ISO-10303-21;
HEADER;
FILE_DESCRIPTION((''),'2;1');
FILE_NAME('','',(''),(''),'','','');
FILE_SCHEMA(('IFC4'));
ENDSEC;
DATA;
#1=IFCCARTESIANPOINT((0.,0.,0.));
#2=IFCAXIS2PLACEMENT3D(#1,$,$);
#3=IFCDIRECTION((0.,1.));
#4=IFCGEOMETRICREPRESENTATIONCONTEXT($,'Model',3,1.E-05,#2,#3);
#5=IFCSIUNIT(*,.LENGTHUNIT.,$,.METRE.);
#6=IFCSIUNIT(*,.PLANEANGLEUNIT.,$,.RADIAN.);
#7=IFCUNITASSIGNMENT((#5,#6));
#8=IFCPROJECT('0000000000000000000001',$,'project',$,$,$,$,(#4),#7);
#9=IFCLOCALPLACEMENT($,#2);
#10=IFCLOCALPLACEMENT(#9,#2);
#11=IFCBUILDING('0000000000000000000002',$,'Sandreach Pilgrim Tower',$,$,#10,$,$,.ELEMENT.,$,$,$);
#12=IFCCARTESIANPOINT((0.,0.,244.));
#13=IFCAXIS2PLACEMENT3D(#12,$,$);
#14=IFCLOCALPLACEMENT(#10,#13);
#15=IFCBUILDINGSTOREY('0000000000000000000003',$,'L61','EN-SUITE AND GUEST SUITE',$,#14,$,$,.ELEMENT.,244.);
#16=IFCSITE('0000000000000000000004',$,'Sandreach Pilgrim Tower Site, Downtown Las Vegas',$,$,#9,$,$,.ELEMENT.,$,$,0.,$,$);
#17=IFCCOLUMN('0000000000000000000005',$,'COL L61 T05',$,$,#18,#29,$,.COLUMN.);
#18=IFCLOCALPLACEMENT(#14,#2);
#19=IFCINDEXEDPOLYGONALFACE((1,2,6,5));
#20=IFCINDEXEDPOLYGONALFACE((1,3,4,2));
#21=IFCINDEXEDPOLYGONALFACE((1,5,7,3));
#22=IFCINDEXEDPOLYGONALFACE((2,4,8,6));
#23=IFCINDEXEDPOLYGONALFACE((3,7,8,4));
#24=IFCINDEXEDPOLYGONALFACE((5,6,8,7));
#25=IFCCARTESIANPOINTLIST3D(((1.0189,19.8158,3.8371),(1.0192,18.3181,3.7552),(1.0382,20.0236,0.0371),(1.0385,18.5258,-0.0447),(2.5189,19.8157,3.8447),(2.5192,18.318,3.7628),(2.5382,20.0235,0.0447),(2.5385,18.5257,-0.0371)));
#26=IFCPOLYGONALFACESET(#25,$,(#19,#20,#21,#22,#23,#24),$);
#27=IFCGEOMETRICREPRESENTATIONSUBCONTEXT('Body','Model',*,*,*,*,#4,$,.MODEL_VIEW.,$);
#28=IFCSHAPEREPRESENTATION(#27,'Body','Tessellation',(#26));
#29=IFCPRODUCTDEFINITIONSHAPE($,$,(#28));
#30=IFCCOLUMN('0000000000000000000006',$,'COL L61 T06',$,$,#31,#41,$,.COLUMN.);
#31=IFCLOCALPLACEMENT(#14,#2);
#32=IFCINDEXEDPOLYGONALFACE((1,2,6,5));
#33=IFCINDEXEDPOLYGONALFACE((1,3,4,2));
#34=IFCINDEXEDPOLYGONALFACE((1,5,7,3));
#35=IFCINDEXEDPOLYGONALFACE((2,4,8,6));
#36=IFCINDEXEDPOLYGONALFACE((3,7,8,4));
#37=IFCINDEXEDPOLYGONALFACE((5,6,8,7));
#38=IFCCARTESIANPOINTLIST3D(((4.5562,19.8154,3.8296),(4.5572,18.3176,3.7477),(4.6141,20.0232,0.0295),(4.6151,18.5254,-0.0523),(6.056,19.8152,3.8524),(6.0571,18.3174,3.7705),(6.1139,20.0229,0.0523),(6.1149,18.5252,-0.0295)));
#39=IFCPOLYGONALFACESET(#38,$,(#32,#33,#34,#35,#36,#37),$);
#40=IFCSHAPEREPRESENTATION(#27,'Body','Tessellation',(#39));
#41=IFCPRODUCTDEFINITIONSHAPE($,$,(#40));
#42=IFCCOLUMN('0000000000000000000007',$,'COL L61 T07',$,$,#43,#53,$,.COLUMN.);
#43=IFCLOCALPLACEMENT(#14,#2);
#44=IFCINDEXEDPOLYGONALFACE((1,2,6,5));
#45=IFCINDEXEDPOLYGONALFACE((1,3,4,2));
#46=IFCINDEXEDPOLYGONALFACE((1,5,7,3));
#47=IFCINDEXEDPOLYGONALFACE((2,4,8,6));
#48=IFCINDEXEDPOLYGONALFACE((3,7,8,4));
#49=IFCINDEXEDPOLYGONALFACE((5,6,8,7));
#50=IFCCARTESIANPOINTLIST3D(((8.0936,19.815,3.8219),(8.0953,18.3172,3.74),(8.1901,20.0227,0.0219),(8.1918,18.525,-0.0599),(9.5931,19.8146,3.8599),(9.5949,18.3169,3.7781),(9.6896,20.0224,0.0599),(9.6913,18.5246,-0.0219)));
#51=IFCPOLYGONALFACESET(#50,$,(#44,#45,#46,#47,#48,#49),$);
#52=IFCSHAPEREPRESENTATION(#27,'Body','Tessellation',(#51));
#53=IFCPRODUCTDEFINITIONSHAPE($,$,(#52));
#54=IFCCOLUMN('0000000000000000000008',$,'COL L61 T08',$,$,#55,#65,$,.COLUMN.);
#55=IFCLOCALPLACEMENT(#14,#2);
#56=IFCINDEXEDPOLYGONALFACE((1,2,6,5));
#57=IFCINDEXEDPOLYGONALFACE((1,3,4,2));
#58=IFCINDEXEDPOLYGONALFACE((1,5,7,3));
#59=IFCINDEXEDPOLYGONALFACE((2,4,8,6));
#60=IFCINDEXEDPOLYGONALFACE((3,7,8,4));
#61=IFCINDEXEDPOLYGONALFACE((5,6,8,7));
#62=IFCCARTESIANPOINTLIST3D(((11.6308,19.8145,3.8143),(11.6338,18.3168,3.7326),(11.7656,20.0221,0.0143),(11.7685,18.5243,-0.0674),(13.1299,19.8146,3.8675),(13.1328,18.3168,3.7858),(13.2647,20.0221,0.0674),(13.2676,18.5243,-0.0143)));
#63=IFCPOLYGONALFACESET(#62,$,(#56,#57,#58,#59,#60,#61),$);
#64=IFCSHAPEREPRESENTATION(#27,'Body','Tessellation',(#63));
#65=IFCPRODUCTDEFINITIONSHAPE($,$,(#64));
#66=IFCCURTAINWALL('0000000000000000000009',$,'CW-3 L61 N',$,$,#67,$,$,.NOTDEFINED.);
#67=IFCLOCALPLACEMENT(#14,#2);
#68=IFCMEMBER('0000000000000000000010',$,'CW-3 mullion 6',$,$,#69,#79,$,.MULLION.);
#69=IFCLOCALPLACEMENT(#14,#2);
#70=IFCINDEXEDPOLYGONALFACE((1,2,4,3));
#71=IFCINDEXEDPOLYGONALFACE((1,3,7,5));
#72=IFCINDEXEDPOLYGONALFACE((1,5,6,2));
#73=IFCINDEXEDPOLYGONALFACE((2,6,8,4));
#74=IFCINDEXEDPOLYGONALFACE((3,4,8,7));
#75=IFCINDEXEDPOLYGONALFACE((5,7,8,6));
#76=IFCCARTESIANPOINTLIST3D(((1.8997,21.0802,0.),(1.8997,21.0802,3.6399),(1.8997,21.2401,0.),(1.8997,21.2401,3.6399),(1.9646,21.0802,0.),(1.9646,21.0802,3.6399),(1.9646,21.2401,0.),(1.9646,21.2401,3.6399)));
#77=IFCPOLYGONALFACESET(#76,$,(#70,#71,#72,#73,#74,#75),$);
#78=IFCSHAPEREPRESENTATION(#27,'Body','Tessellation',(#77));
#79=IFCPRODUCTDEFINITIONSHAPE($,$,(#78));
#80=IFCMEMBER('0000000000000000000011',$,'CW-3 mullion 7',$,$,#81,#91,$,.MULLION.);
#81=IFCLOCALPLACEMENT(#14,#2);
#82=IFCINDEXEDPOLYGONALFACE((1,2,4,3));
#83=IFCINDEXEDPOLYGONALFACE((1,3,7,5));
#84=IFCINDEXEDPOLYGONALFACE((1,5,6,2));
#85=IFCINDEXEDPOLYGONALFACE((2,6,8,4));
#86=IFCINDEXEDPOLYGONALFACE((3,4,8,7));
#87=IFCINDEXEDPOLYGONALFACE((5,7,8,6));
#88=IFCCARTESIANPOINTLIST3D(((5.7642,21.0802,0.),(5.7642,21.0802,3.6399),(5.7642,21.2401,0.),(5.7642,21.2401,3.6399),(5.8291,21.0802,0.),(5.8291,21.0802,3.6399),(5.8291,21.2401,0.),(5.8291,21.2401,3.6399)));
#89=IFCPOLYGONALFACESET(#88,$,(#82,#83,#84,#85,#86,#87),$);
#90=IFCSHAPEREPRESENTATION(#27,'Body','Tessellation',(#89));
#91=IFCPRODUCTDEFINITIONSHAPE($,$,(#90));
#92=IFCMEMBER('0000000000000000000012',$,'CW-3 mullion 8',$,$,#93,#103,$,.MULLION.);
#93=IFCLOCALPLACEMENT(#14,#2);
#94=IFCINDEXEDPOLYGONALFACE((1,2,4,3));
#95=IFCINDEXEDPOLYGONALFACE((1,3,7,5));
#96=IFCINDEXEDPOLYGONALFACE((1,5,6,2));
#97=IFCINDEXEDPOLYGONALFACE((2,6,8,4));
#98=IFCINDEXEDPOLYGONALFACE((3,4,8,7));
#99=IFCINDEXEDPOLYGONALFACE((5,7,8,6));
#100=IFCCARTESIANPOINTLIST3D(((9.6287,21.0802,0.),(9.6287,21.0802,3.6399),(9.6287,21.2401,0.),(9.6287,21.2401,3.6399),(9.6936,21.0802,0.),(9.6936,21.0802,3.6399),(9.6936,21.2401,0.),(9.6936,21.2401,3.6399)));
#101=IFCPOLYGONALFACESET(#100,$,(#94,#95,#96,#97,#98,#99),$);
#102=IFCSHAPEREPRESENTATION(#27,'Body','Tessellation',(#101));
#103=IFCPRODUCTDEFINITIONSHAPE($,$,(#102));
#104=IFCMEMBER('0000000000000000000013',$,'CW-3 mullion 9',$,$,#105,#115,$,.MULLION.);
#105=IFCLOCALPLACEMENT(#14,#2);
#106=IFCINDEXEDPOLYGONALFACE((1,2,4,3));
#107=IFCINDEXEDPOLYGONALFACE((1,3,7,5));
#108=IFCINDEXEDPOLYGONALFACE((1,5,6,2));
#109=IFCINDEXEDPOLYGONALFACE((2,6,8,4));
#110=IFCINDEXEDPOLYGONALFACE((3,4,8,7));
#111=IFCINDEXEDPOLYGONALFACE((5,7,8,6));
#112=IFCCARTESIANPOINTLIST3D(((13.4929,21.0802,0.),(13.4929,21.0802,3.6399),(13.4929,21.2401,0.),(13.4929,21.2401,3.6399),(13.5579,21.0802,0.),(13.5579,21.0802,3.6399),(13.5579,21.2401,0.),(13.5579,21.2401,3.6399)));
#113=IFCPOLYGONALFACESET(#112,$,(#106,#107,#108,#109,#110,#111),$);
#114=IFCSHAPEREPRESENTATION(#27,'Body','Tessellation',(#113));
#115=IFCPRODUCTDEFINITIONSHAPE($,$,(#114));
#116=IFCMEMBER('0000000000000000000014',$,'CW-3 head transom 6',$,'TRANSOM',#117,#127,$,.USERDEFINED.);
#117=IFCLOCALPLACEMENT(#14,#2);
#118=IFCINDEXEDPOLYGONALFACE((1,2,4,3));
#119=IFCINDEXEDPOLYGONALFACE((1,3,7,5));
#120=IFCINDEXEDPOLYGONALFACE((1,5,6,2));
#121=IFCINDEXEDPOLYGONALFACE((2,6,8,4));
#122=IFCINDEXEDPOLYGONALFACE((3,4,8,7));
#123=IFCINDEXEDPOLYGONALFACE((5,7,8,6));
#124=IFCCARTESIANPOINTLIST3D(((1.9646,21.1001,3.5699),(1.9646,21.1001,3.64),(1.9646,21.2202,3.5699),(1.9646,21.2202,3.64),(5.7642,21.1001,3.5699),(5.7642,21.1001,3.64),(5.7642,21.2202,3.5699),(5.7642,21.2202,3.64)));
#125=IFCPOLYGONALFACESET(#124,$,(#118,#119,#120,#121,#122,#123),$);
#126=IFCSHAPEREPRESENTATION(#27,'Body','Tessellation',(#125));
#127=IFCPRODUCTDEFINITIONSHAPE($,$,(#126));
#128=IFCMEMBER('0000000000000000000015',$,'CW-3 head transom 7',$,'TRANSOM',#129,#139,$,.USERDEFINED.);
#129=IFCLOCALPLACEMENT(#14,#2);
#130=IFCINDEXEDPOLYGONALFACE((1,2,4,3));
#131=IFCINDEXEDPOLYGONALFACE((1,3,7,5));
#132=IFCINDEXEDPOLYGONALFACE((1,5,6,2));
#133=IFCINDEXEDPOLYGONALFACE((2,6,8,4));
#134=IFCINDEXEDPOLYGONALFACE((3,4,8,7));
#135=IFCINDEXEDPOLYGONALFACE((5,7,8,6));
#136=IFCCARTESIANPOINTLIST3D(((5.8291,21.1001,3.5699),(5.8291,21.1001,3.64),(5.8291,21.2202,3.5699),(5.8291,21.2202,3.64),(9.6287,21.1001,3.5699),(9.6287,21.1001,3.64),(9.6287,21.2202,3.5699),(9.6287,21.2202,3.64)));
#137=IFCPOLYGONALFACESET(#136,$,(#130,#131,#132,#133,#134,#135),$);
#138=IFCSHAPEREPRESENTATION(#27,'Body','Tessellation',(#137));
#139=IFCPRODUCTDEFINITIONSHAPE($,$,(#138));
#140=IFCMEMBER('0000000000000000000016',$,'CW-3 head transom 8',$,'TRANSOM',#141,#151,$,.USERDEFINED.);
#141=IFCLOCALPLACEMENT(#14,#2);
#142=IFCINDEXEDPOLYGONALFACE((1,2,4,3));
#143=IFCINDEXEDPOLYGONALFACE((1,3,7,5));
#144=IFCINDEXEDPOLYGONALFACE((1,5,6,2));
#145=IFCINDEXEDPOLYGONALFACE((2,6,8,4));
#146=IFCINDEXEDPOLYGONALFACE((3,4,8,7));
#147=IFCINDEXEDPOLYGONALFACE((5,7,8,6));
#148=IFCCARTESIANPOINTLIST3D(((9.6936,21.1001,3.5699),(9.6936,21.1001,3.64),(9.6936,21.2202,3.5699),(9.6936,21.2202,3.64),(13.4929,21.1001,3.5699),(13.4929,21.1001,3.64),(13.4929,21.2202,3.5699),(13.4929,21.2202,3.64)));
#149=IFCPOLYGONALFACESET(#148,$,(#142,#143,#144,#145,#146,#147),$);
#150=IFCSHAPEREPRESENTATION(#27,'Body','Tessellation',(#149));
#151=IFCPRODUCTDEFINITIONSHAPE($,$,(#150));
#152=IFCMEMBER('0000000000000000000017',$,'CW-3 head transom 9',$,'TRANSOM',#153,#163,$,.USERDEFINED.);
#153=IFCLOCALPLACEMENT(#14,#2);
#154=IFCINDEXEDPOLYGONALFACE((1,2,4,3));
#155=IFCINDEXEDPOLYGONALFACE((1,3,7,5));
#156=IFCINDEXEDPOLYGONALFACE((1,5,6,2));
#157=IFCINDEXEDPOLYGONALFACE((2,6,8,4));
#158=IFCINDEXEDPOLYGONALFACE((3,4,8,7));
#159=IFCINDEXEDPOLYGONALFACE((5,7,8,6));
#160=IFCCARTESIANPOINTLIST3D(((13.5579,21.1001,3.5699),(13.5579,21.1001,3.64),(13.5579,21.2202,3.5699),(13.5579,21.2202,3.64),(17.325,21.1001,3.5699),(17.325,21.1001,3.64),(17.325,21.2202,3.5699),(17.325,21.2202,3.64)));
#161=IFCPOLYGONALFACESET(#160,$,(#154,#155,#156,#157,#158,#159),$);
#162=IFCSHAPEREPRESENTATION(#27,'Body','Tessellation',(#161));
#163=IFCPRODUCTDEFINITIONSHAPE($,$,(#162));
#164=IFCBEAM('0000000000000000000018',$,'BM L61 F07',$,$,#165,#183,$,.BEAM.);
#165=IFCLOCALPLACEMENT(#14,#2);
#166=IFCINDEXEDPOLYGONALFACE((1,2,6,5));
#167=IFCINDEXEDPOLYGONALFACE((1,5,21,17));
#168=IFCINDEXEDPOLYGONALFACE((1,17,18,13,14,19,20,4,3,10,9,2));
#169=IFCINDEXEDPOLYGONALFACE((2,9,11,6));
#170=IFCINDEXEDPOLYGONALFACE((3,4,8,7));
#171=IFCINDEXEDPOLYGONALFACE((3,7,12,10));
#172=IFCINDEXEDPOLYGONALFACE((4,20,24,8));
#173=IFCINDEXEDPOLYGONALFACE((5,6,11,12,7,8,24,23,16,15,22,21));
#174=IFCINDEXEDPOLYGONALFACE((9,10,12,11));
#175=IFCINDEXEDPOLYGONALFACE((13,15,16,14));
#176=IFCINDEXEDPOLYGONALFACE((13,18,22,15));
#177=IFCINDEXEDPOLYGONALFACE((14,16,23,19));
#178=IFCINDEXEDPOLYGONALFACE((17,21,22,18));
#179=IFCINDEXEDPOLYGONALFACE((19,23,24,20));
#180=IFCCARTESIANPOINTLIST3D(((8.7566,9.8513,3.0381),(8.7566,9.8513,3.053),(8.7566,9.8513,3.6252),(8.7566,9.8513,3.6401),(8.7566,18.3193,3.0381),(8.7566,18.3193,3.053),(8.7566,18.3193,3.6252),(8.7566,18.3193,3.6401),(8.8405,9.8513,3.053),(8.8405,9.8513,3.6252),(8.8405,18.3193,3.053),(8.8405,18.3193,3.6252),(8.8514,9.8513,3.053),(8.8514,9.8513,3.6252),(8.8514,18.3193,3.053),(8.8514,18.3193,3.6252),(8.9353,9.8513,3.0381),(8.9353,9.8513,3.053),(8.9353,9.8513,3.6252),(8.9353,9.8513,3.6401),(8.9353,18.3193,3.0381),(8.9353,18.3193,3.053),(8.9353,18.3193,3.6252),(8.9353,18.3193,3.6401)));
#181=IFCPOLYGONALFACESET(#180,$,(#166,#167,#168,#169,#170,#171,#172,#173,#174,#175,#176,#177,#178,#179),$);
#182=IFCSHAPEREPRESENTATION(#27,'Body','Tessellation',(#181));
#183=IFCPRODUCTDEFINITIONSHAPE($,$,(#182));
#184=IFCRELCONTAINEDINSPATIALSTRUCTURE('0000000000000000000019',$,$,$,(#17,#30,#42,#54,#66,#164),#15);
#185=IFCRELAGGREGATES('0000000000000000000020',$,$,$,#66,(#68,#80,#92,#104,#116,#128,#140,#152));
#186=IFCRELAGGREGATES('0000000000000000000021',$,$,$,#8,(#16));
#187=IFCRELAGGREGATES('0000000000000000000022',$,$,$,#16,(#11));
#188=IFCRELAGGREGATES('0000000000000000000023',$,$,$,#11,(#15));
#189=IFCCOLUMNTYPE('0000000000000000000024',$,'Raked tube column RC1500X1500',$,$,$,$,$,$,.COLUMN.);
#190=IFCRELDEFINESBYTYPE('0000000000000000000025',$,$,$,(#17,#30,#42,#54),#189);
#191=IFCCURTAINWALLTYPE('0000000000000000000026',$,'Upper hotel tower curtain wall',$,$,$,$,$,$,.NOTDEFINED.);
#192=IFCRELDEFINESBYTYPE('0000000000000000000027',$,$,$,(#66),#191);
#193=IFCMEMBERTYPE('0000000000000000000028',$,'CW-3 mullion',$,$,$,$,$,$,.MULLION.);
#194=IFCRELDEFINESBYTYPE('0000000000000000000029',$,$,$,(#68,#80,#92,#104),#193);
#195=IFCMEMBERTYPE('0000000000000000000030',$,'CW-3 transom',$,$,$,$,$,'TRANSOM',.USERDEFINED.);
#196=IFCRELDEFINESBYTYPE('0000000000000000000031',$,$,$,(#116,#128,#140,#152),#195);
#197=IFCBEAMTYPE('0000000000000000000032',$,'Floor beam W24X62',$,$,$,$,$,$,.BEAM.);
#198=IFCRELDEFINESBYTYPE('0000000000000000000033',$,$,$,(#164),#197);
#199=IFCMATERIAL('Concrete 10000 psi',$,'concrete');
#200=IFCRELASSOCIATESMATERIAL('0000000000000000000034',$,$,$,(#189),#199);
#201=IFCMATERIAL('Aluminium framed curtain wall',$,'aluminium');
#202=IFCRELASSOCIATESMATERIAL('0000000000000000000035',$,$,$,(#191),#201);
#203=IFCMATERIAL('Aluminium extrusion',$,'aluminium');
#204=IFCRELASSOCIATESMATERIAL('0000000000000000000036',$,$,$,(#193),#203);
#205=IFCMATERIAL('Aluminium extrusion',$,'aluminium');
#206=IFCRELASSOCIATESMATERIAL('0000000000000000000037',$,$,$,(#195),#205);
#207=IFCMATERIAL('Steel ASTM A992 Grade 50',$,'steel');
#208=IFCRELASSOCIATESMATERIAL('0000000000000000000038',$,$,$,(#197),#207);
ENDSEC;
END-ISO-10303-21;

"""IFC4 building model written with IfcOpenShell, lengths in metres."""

from ifc_helpers import new_model, si_unit, direction, frame, origin, origin_2d, place, context, subcontext, project, spatial, rectangle, i_section, extrude, material, material_profile, profile_set, type_object, element, aggregate, save


model = new_model("IFC4")

# Units and contexts
model_context = context("Model", 3, precision=1e-05, world=origin(), true_north=direction((0.0, 1.0)))
body_context = subcontext(model_context, "Body", "Model", "MODEL_VIEW")
ifc_project = project(units=[si_unit("LENGTHUNIT", "METRE"), si_unit("PLANEANGLEUNIT", "RADIAN")], contexts=[model_context])

# Site, building, storey
site_placement = place(None, origin())
site = spatial("IfcSite", under=ifc_project, at=site_placement, Name="Sandreach Pilgrim Tower Site, Downtown Las Vegas", CompositionType="ELEMENT", RefElevation=0.0)
building_placement = place(site_placement, origin())
building = spatial("IfcBuilding", under=site, at=building_placement, Name="Sandreach Pilgrim Tower", CompositionType="ELEMENT")
storey_placement = place(building_placement, frame((0.0, 0.0, 244.0)))
storey = spatial("IfcBuildingStorey", under=building, at=storey_placement, Name="L61", Description="EN-SUITE AND GUEST SUITE", CompositionType="ELEMENT", Elevation=244.0)

# Columns
ifc_material_1 = material(Name="Concrete 10000 psi", Category="concrete")
ifc_material_profile_1 = material_profile(ifc_material_1, rectangle(XDim=1.5, YDim=1.5, at=origin_2d()), Name="RC1500X1500")
ifc_profile_set_1 = profile_set([ifc_material_profile_1], Name="Concrete 10000 psi")
column_type = type_object("IfcColumnType", Name="Raked tube column RC1500X1500", PredefinedType="COLUMN", material=ifc_profile_set_1)
column_1_placement = place(storey_placement, frame((1.7883, 19.2747, 0.0), z_axis=(-0.005068, -0.054592, 0.998496), x_axis=(-0.000221, 0.998509, 0.054591)))
element("IfcColumn", 1, at=column_1_placement, inside=storey, type_object=column_type, Name="COL L61 T05", PredefinedType="COLUMN", context=body_context, shape_type="SweptSolid", body=[
    extrude(rectangle(XDim=1.5, YDim=1.5, at=origin_2d()), origin(), (0.0, 0.0, 1.0), 3.8057),
])
column_2_placement = place(storey_placement, frame((5.3645, 19.2742, 0.0), z_axis=(-0.015202, -0.054586, 0.998393), x_axis=(-0.000674, 0.998509, 0.054582)))
element("IfcColumn", 2, at=column_2_placement, inside=storey, type_object=column_type, Name="COL L61 T06", PredefinedType="COLUMN", context=body_context, shape_type="SweptSolid", body=[
    extrude(rectangle(XDim=1.5, YDim=1.5, at=origin_2d()), origin(), (0.0, 0.0, 1.0), 3.8062),
])
column_3_placement = place(storey_placement, frame((8.9407, 19.2737, 0.0), z_axis=(-0.025331, -0.054575, 0.998188), x_axis=(-0.001152, 0.99851, 0.054563)))
element("IfcColumn", 3, at=column_3_placement, inside=storey, type_object=column_type, Name="COL L61 T07", PredefinedType="COLUMN", context=body_context, shape_type="SweptSolid", body=[
    extrude(rectangle(XDim=1.5, YDim=1.5, at=origin_2d()), origin(), (0.0, 0.0, 1.0), 3.8069),
])
column_4_placement = place(storey_placement, frame((12.5166, 19.2732, 0.0), z_axis=(-0.035389, -0.054494, 0.997887), x_axis=(-0.001945, 0.998514, 0.05446)))
element("IfcColumn", 4, at=column_4_placement, inside=storey, type_object=column_type, Name="COL L61 T08", PredefinedType="COLUMN", context=body_context, shape_type="SweptSolid", body=[
    extrude(rectangle(XDim=1.5, YDim=1.5, at=origin_2d()), origin(), (0.0, 0.0, 1.0), 3.8081),
])

# Curtain wall, members
ifc_material_2 = material(Name="Aluminium framed curtain wall", Category="aluminium")
curtain_wall_type = type_object("IfcCurtainWallType", Name="Upper hotel tower curtain wall", PredefinedType="NOTDEFINED", material=ifc_material_2)
curtain_wall_placement = place(storey_placement, origin())
curtain_wall = element("IfcCurtainWall", 5, at=curtain_wall_placement, inside=storey, type_object=curtain_wall_type, Name="CW-3 L61 N", PredefinedType="NOTDEFINED")
ifc_material_3 = material(Name="Aluminium extrusion", Category="aluminium")
ifc_material_profile_2 = material_profile(ifc_material_3, rectangle(XDim=0.0649, YDim=0.1599, at=origin_2d()), Name="CW-3M 65X160")
ifc_profile_set_2 = profile_set([ifc_material_profile_2], Name="Aluminium extrusion")
member_type_1 = type_object("IfcMemberType", Name="CW-3 mullion", PredefinedType="MULLION", material=ifc_profile_set_2)
member_1_placement = place(storey_placement, frame((1.9321, 21.1602, 0.0), z_axis=(0.0, 0.0, 1.0), x_axis=(1.0, 0.0, 0.0)))
member_1 = element("IfcMember", 6, at=member_1_placement, type_object=member_type_1, Name="CW-3 mullion 6", PredefinedType="MULLION", context=body_context, shape_type="SweptSolid", body=[
    extrude(rectangle(XDim=0.0649, YDim=0.1599, at=origin_2d()), origin(), (0.0, 0.0, 1.0), 3.6399),
])
member_2_placement = place(storey_placement, frame((5.7966, 21.1602, 0.0), z_axis=(0.0, 0.0, 1.0), x_axis=(1.0, 0.0, 0.0)))
member_2 = element("IfcMember", 7, at=member_2_placement, type_object=member_type_1, Name="CW-3 mullion 7", PredefinedType="MULLION", context=body_context, shape_type="SweptSolid", body=[
    extrude(rectangle(XDim=0.0649, YDim=0.1599, at=origin_2d()), origin(), (0.0, 0.0, 1.0), 3.6399),
])
member_3_placement = place(storey_placement, frame((9.6611, 21.1602, 0.0), z_axis=(0.0, 0.0, 1.0), x_axis=(1.0, 0.0, 0.0)))
member_3 = element("IfcMember", 8, at=member_3_placement, type_object=member_type_1, Name="CW-3 mullion 8", PredefinedType="MULLION", context=body_context, shape_type="SweptSolid", body=[
    extrude(rectangle(XDim=0.0649, YDim=0.1599, at=origin_2d()), origin(), (0.0, 0.0, 1.0), 3.6399),
])
member_4_placement = place(storey_placement, frame((13.5254, 21.1602, 0.0), z_axis=(0.0, 0.0, 1.0), x_axis=(1.0, 0.0, 0.0)))
member_4 = element("IfcMember", 9, at=member_4_placement, type_object=member_type_1, Name="CW-3 mullion 9", PredefinedType="MULLION", context=body_context, shape_type="SweptSolid", body=[
    extrude(rectangle(XDim=0.0649, YDim=0.1599, at=origin_2d()), origin(), (0.0, 0.0, 1.0), 3.6399),
])
ifc_material_4 = material(Name="Aluminium extrusion", Category="aluminium")
ifc_material_profile_3 = material_profile(ifc_material_4, rectangle(XDim=0.1201, YDim=0.0701, at=origin_2d()), Name="CW-3T 120X70")
ifc_profile_set_3 = profile_set([ifc_material_profile_3], Name="Aluminium extrusion")
member_type_2 = type_object("IfcMemberType", Name="CW-3 transom", ElementType="TRANSOM", PredefinedType="USERDEFINED", material=ifc_profile_set_3)
member_5_placement = place(storey_placement, frame((1.9646, 21.1602, 3.605), z_axis=(1.0, 0.0, 0.0), x_axis=(0.0, 1.0, 0.0)))
member_5 = element("IfcMember", 10, at=member_5_placement, type_object=member_type_2, Name="CW-3 head transom 6", ObjectType="TRANSOM", PredefinedType="USERDEFINED", context=body_context, shape_type="SweptSolid", body=[
    extrude(rectangle(XDim=0.1201, YDim=0.0701, at=origin_2d()), origin(), (0.0, 0.0, 1.0), 3.7996),
])
member_6_placement = place(storey_placement, frame((5.8291, 21.1602, 3.605), z_axis=(1.0, 0.0, 0.0), x_axis=(0.0, 1.0, 0.0)))
member_6 = element("IfcMember", 11, at=member_6_placement, type_object=member_type_2, Name="CW-3 head transom 7", ObjectType="TRANSOM", PredefinedType="USERDEFINED", context=body_context, shape_type="SweptSolid", body=[
    extrude(rectangle(XDim=0.1201, YDim=0.0701, at=origin_2d()), origin(), (0.0, 0.0, 1.0), 3.7996),
])
member_7_placement = place(storey_placement, frame((9.6936, 21.1602, 3.605), z_axis=(1.0, 0.0, 0.0), x_axis=(0.0, 1.0, 0.0)))
member_7 = element("IfcMember", 12, at=member_7_placement, type_object=member_type_2, Name="CW-3 head transom 8", ObjectType="TRANSOM", PredefinedType="USERDEFINED", context=body_context, shape_type="SweptSolid", body=[
    extrude(rectangle(XDim=0.1201, YDim=0.0701, at=origin_2d()), origin(), (0.0, 0.0, 1.0), 3.7993),
])
member_8_placement = place(storey_placement, frame((13.5579, 21.1602, 3.605), z_axis=(1.0, 0.0, 0.0), x_axis=(0.0, 1.0, 0.0)))
member_8 = element("IfcMember", 13, at=member_8_placement, type_object=member_type_2, Name="CW-3 head transom 9", ObjectType="TRANSOM", PredefinedType="USERDEFINED", context=body_context, shape_type="SweptSolid", body=[
    extrude(rectangle(XDim=0.1201, YDim=0.0701, at=origin_2d()), origin(), (0.0, 0.0, 1.0), 3.7671),
])

# Beam
ifc_material_5 = material(Name="Steel ASTM A992 Grade 50", Category="steel")
ifc_material_profile_4 = material_profile(ifc_material_5, i_section(OverallWidth=0.1787, OverallDepth=0.6021, WebThickness=0.011, FlangeThickness=0.0149, at=origin_2d()), Name="W24X62")
ifc_profile_set_4 = profile_set([ifc_material_profile_4], Name="Steel ASTM A992 Grade 50")
beam_type_1 = type_object("IfcBeamType", Name="Floor beam W24X62", PredefinedType="BEAM", material=ifc_profile_set_4)
beam_1_placement = place(storey_placement, frame((8.8459, 18.3193, 3.3391), z_axis=(0.0, -1.0, 0.0), x_axis=(1.0, 0.0, 0.0)))
element("IfcBeam", 14, at=beam_1_placement, inside=storey, type_object=beam_type_1, Name="BM L61 F07", PredefinedType="BEAM", context=body_context, shape_type="SweptSolid", body=[
    extrude(i_section(OverallWidth=0.1787, OverallDepth=0.6021, WebThickness=0.011, FlangeThickness=0.0149, at=origin_2d()), origin(), (0.0, 0.0, 1.0), 8.468),
])

aggregate(curtain_wall, [member_1, member_2, member_3, member_4, member_5, member_6, member_7, member_8])

save(model, "model.ifc")
